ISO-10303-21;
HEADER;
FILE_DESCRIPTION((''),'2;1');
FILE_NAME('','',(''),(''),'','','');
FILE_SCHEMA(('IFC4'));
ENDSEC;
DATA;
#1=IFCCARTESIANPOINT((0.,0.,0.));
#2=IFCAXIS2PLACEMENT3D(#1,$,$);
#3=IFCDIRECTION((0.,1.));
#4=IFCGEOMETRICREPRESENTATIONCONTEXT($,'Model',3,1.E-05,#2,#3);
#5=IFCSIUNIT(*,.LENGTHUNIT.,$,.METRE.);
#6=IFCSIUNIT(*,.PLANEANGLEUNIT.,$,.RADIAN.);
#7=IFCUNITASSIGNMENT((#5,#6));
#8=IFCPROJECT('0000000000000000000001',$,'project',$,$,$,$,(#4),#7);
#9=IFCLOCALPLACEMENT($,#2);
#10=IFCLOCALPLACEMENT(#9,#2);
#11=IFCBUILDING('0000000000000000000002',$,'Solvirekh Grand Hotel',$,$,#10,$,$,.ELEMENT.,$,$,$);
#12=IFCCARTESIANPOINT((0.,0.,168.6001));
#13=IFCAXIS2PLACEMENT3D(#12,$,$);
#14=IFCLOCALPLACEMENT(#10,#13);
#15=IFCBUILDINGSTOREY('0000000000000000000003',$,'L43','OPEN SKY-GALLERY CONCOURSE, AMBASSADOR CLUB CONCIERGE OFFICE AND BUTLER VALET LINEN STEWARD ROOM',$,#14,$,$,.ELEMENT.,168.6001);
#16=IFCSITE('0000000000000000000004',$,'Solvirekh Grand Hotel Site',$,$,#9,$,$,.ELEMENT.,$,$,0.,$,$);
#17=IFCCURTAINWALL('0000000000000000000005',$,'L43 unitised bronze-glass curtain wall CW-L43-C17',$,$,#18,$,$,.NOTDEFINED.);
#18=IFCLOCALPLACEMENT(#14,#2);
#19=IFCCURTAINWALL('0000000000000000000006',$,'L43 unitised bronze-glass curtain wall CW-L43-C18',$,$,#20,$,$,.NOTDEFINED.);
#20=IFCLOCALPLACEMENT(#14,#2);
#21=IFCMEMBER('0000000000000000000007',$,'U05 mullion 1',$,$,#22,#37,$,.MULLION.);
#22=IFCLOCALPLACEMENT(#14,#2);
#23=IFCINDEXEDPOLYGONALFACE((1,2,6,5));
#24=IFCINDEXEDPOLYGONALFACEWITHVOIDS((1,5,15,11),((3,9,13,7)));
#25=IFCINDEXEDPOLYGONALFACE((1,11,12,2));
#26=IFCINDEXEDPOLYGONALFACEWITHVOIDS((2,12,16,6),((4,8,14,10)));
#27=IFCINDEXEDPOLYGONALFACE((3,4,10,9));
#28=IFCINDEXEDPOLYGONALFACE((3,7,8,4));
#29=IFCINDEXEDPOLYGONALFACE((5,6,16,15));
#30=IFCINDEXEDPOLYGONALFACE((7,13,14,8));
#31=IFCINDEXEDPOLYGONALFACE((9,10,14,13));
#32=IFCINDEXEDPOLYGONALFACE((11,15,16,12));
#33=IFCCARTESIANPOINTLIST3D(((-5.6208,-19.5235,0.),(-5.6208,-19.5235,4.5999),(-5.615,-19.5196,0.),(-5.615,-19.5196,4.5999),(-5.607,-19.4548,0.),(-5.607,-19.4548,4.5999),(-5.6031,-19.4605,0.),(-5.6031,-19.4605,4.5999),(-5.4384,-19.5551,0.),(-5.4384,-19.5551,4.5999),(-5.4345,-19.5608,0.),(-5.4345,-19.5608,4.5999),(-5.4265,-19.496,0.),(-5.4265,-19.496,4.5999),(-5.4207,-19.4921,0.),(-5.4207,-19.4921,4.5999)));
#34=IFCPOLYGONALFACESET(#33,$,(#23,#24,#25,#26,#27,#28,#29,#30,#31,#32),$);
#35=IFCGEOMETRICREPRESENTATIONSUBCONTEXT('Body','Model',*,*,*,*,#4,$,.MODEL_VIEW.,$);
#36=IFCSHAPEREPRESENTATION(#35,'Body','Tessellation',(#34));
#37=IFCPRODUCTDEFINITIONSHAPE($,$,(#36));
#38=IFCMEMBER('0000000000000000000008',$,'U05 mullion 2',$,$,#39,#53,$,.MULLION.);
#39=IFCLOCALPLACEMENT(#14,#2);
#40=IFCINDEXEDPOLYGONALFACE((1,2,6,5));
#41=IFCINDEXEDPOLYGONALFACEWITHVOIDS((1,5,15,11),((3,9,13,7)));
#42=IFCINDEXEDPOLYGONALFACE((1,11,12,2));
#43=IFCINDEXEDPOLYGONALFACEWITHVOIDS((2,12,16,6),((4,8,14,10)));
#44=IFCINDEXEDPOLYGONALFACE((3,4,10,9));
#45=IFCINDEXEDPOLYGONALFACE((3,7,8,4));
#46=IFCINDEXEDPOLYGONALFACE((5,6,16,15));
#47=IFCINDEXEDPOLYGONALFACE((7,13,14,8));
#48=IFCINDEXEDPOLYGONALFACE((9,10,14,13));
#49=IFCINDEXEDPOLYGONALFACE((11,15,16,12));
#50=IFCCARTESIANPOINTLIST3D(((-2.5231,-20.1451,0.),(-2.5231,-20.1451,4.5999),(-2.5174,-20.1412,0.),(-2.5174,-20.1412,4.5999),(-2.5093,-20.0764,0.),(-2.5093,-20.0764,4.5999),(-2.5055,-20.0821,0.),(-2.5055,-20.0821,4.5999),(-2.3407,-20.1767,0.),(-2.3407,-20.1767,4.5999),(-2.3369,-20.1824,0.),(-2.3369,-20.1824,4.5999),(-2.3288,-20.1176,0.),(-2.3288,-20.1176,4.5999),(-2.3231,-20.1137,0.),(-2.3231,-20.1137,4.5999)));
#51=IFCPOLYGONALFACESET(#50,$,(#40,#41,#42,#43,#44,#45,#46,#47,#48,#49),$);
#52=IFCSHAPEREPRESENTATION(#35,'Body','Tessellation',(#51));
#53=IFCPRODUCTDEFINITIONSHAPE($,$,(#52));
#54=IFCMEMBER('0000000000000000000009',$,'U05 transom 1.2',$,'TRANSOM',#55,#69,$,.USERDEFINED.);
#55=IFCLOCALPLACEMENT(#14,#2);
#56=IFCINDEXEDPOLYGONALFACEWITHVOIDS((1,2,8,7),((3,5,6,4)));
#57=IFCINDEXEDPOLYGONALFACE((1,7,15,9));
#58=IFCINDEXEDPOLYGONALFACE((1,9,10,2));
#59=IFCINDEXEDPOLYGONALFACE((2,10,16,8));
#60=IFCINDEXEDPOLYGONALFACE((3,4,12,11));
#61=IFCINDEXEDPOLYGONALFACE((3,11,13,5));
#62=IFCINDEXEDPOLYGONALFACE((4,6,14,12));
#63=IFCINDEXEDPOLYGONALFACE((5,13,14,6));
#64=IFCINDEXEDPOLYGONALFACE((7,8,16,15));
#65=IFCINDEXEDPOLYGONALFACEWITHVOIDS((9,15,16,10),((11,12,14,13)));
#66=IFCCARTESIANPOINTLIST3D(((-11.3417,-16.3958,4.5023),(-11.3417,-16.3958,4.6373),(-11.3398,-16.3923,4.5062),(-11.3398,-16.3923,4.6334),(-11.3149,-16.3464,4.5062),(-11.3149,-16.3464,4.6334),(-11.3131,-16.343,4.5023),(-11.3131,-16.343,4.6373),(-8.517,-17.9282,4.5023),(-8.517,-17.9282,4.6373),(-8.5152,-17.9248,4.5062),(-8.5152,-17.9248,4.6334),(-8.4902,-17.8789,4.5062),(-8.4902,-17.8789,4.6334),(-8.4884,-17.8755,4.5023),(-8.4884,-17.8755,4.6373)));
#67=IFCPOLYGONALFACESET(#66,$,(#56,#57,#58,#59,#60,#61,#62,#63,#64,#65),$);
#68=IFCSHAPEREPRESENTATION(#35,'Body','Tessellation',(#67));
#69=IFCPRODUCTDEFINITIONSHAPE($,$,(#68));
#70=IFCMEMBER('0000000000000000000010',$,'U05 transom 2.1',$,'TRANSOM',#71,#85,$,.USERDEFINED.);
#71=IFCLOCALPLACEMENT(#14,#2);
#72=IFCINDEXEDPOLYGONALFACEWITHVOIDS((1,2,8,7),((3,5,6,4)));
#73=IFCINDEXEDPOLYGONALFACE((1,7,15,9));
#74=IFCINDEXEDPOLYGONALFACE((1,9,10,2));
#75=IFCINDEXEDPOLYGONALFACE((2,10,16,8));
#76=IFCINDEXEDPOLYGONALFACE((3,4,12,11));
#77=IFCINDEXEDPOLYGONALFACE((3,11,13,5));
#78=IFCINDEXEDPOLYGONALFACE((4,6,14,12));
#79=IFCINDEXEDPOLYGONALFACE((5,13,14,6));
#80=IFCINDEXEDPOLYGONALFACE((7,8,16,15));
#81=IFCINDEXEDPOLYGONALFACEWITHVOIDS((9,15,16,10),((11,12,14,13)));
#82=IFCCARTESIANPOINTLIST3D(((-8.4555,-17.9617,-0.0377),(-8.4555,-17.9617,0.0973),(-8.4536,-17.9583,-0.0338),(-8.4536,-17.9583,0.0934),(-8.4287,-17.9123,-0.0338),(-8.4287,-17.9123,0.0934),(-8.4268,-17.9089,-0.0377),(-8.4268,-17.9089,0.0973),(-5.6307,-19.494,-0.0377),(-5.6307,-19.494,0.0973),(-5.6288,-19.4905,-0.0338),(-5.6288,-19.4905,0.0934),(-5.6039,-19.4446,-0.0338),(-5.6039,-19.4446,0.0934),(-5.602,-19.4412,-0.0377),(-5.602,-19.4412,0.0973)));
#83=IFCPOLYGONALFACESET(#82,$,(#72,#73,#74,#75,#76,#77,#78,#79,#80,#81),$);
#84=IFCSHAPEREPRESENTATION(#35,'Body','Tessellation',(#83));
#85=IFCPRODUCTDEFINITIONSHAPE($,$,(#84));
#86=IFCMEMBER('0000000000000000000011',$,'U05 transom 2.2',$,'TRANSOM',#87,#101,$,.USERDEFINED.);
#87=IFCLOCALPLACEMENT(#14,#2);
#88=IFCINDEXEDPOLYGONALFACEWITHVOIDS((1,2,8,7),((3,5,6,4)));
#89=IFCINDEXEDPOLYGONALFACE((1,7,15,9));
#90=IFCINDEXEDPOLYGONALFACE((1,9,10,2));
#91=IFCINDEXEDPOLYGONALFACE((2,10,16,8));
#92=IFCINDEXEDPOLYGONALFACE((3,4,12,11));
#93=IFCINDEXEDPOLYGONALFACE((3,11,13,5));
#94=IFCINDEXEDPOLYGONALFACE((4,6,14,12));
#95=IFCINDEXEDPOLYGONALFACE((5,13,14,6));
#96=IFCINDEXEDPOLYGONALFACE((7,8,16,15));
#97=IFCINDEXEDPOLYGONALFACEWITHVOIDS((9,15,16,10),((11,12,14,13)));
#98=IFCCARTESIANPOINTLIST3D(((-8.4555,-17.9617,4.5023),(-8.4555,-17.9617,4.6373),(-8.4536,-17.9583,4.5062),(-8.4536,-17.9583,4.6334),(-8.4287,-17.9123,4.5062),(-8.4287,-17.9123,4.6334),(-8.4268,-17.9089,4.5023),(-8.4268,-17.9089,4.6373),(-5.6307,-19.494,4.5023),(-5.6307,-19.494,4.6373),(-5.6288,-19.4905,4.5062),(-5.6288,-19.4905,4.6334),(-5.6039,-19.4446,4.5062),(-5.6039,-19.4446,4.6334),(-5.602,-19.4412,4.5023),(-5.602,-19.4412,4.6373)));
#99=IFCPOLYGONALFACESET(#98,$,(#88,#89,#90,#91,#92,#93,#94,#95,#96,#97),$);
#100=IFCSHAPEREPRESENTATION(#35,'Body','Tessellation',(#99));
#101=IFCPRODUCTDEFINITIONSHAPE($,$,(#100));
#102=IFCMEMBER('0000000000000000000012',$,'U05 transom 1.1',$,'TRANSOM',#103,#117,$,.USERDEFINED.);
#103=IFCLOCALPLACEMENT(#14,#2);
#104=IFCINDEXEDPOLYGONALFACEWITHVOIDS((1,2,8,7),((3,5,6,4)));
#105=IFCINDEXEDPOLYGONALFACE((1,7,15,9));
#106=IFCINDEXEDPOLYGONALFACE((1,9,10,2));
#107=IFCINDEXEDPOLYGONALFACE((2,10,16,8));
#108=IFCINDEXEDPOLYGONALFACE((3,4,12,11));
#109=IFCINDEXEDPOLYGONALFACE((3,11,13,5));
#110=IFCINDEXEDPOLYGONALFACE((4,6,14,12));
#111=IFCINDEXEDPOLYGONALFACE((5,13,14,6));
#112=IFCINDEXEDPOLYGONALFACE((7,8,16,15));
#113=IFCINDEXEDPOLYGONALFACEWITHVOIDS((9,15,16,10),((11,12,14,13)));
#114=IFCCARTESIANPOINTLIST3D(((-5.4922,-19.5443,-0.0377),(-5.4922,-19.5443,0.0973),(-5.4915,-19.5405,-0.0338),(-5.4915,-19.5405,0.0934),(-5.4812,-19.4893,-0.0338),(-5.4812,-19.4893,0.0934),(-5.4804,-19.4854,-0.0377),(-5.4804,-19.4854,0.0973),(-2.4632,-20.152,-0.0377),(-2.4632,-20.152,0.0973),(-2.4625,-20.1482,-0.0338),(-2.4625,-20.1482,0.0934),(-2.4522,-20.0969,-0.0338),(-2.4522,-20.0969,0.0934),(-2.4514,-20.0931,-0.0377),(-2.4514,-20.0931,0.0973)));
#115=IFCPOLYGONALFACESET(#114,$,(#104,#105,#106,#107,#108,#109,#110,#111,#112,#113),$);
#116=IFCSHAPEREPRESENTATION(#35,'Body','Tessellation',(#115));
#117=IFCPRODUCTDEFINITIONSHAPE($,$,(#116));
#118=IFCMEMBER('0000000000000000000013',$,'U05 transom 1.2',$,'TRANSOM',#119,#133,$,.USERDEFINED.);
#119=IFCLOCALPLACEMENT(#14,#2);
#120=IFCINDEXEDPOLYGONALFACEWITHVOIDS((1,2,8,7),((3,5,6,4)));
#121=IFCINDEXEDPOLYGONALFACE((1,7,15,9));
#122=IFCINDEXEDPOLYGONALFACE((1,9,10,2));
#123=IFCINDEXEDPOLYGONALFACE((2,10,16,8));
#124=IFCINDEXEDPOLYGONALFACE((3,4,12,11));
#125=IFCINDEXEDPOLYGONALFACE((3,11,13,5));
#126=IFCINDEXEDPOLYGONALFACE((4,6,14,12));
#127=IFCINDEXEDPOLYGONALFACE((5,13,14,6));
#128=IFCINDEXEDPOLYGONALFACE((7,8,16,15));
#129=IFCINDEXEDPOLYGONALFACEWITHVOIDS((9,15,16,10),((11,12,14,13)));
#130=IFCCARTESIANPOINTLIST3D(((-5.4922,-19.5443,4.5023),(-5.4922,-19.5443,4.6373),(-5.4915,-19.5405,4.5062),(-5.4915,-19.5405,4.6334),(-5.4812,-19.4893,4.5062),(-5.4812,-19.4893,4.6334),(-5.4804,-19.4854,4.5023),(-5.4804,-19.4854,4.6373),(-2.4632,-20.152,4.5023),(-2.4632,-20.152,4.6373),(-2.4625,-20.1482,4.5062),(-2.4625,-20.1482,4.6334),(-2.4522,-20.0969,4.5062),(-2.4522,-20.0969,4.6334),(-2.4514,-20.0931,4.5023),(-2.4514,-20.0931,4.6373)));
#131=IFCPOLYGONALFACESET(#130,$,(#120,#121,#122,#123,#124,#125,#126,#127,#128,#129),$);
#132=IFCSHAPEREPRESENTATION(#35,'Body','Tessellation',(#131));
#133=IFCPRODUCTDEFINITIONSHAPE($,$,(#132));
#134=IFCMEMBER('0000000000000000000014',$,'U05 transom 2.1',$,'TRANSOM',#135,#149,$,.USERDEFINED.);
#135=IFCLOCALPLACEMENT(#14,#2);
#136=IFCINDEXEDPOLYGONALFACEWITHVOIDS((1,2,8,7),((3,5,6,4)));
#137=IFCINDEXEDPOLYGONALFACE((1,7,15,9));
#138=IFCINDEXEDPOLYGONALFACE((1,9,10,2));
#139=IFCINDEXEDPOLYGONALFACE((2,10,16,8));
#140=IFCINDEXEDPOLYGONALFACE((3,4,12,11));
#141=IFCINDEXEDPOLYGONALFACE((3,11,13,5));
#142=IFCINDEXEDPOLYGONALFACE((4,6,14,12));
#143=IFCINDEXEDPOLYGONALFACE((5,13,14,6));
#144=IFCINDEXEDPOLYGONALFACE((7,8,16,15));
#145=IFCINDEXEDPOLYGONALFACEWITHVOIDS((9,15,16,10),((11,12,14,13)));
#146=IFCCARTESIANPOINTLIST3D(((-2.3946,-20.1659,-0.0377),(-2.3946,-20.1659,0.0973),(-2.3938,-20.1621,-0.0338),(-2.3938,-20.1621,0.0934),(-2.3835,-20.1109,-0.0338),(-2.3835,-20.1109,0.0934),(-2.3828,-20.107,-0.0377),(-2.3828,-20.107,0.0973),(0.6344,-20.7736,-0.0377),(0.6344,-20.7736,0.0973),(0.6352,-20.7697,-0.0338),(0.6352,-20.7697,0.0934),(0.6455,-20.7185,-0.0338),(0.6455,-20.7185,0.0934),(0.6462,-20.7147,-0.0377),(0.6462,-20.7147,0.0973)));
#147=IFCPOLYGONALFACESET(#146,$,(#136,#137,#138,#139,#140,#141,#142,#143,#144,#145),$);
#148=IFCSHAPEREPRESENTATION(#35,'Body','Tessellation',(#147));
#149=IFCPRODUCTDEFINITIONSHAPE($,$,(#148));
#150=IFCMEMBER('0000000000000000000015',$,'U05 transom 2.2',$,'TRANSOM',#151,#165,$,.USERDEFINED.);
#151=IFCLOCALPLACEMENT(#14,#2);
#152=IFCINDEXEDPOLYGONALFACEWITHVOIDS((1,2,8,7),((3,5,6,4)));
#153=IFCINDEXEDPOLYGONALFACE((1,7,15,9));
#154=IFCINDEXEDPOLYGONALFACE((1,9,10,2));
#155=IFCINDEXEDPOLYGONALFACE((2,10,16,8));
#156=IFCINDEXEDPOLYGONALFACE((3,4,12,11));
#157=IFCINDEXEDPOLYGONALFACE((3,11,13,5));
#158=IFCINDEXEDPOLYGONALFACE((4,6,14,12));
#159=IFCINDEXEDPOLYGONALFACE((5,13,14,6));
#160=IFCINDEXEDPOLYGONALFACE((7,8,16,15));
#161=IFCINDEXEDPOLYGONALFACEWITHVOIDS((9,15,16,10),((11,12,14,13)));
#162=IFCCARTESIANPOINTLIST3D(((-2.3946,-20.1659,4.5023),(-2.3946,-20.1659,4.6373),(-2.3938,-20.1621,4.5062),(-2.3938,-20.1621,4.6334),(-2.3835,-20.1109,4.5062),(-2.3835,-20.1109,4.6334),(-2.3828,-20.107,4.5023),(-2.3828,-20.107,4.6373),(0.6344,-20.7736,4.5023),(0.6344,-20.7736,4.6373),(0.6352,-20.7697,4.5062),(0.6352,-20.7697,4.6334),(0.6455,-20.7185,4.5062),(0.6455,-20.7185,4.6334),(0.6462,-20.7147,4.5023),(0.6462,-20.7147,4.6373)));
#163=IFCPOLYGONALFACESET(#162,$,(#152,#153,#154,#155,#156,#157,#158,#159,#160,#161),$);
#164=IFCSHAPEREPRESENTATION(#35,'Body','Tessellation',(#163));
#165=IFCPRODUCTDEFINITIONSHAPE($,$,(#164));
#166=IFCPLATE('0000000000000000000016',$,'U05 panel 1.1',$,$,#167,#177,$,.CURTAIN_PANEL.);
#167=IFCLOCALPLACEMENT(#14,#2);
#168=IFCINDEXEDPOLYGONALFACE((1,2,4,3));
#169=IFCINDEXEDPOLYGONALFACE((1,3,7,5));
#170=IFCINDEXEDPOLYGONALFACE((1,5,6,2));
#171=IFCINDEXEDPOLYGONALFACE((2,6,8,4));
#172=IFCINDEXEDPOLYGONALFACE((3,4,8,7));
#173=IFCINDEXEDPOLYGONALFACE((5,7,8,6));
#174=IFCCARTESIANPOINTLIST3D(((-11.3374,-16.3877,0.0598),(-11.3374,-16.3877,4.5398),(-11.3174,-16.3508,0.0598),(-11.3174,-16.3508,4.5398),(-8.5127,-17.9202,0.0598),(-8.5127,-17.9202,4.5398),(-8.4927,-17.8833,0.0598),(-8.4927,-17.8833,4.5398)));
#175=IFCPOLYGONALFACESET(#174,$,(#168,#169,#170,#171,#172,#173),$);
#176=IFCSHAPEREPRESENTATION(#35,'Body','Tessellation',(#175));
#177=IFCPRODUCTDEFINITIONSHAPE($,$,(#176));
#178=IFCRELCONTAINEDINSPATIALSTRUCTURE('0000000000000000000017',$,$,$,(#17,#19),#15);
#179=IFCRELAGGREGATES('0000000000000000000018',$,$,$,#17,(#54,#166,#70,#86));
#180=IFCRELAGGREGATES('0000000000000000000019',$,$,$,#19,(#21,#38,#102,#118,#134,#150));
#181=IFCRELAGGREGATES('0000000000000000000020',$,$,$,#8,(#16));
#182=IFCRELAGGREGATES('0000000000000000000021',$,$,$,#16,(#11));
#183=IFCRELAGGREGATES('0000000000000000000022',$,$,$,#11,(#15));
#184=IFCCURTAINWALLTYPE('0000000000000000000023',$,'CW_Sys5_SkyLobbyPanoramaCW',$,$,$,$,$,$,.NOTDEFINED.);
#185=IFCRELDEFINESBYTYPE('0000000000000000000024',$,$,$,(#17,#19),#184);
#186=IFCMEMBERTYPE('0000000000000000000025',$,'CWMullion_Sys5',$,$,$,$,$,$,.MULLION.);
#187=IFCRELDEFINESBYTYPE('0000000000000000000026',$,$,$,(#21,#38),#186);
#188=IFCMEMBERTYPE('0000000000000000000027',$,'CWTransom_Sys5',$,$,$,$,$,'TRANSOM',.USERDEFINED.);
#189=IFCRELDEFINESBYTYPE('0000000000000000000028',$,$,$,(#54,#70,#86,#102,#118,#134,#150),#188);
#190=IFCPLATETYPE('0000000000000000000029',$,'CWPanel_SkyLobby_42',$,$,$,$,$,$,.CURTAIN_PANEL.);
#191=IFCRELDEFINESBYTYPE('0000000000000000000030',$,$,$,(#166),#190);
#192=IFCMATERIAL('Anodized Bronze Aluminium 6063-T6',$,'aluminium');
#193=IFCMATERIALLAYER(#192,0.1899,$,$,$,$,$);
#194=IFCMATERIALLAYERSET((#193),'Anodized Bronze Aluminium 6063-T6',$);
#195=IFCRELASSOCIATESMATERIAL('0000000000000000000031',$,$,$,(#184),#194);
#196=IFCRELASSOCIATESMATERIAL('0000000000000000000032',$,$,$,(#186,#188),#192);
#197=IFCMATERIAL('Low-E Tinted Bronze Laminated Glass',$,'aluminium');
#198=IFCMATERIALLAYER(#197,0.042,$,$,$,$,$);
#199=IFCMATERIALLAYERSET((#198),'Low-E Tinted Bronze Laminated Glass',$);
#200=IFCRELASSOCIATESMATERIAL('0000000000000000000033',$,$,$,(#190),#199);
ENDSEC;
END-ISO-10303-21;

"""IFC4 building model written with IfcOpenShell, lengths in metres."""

from ifc_helpers import new_model, si_unit, direction, frame, origin, origin_2d, place, context, subcontext, project, spatial, rectangle, hollow_rectangle, extrude, source, transform, mapped, material, layer, layer_set, material_profile, profile_set, type_object, element, aggregate, save


model = new_model("IFC4")

# Units and contexts
model_context = context("Model", 3, precision=1e-05, world=origin(), true_north=direction((0.0, 1.0)))
body_context = subcontext(model_context, "Body", "Model", "MODEL_VIEW")
ifc_project = project(units=[si_unit("LENGTHUNIT", "METRE"), si_unit("PLANEANGLEUNIT", "RADIAN")], contexts=[model_context])

# Site, building, storey
site_placement = place(None, origin())
site = spatial("IfcSite", under=ifc_project, at=site_placement, Name="Solvirekh Grand Hotel Site", CompositionType="ELEMENT", RefElevation=0.0)
building_placement = place(site_placement, origin())
building = spatial("IfcBuilding", under=site, at=building_placement, Name="Solvirekh Grand Hotel", CompositionType="ELEMENT")
storey_placement = place(building_placement, frame((0.0, 0.0, 168.6001)))
storey = spatial("IfcBuildingStorey", under=building, at=storey_placement, Name="L43", Description="OPEN SKY-GALLERY CONCOURSE, AMBASSADOR CLUB CONCIERGE OFFICE AND BUTLER VALET LINEN STEWARD ROOM", CompositionType="ELEMENT", Elevation=168.6001)

# Curtain walls, members
ifc_material_1 = material(Name="Anodized Bronze Aluminium 6063-T6", Category="aluminium")
ifc_layer_1 = layer(ifc_material_1, 0.1899)
ifc_layer_set_1 = layer_set([ifc_layer_1], Name="Anodized Bronze Aluminium 6063-T6")
curtain_wall_type = type_object("IfcCurtainWallType", Name="CW_Sys5_SkyLobbyPanoramaCW", PredefinedType="NOTDEFINED", material=ifc_layer_set_1)
curtain_wall_1_placement = place(storey_placement, origin())
curtain_wall_1 = element("IfcCurtainWall", 1, at=curtain_wall_1_placement, inside=storey, type_object=curtain_wall_type, Name="L43 unitised bronze-glass curtain wall CW-L43-C17", PredefinedType="NOTDEFINED")
ifc_material_profile_1 = material_profile(ifc_material_1, hollow_rectangle(XDim=0.0701, YDim=0.1899, WallThickness=0.0049, at=origin_2d()), Name="ALU RHS 190X70X5")
ifc_profile_set_1 = profile_set([ifc_material_profile_1], Name="Anodized Bronze Aluminium 6063-T6")
member_type_1 = type_object("IfcMemberType", Name="CWMullion_Sys5", PredefinedType="MULLION", material=ifc_profile_set_1)
shared_shape_1 = source(origin(), body_context, "Body", "SweptSolid", [
    extrude(hollow_rectangle(XDim=0.0701, YDim=0.1899, WallThickness=0.0049, at=origin_2d()), origin(), (0.0, 0.0, 1.0), 4.5999),
])
curtain_wall_2_placement = place(storey_placement, origin())
curtain_wall_2 = element("IfcCurtainWall", 2, at=curtain_wall_2_placement, inside=storey, type_object=curtain_wall_type, Name="L43 unitised bronze-glass curtain wall CW-L43-C18", PredefinedType="NOTDEFINED")
member_1_placement = place(storey_placement, frame((-5.5208, -19.5078, 0.0), z_axis=(0.0, 0.0, 1.0), x_axis=(0.196748, 0.980454, 0.0)))
member_1 = element("IfcMember", 3, at=member_1_placement, type_object=member_type_1, Name="U05 mullion 1", PredefinedType="MULLION", context=body_context, shape_type="MappedRepresentation", body=[
    mapped(shared_shape_1, transform((0.0, 0.0, 0.0), x_axis=(1.0, 0.0, 0.0), y_axis=(0.0, 1.0, 0.0), z_axis=(0.0, 0.0, 1.0), scale=1.0)),
])
member_2_placement = place(storey_placement, frame((-2.4231, -20.1294, 0.0), z_axis=(0.0, 0.0, 1.0), x_axis=(0.196748, 0.980454, 0.0)))
member_2 = element("IfcMember", 4, at=member_2_placement, type_object=member_type_1, Name="U05 mullion 2", PredefinedType="MULLION", context=body_context, shape_type="MappedRepresentation", body=[
    mapped(shared_shape_1, transform((0.0, 0.0, 0.0), x_axis=(1.0, 0.0, 0.0), y_axis=(0.0, 1.0, 0.0), z_axis=(0.0, 0.0, 1.0), scale=1.0)),
])

# Members
ifc_material_profile_2 = material_profile(ifc_material_1, hollow_rectangle(XDim=0.0601, YDim=0.135, WallThickness=0.0039, at=origin_2d()), Name="ALU RHS 135X60X4")
ifc_profile_set_2 = profile_set([ifc_material_profile_2], Name="Anodized Bronze Aluminium 6063-T6")
member_type_2 = type_object("IfcMemberType", Name="CWTransom_Sys5", ElementType="TRANSOM", PredefinedType="USERDEFINED", material=ifc_profile_set_2)
shared_shape_2 = source(origin(), body_context, "Body", "SweptSolid", [
    extrude(hollow_rectangle(XDim=0.0601, YDim=0.135, WallThickness=0.0039, at=origin_2d()), origin(), (0.0, 0.0, 1.0), 3.2136),
])
member_3_placement = place(storey_placement, frame((-11.3274, -16.3694, 4.5698), z_axis=(0.878976, -0.476866, 0.0), x_axis=(0.476866, 0.878976, 0.0)))
member_3 = element("IfcMember", 5, at=member_3_placement, type_object=member_type_2, Name="U05 transom 1.2", ObjectType="TRANSOM", PredefinedType="USERDEFINED", context=body_context, shape_type="MappedRepresentation", body=[
    mapped(shared_shape_2, transform((0.0, 0.0, 0.0), x_axis=(1.0, 0.0, 0.0), y_axis=(0.0, 1.0, 0.0), z_axis=(0.0, 0.0, 1.0), scale=1.0)),
])
member_4_placement = place(storey_placement, frame((-8.4412, -17.9353, 0.0298), z_axis=(0.879008, -0.476807, 0.0), x_axis=(0.476807, 0.879008, 0.0)))
member_4 = element("IfcMember", 6, at=member_4_placement, type_object=member_type_2, Name="U05 transom 2.1", ObjectType="TRANSOM", PredefinedType="USERDEFINED", context=body_context, shape_type="MappedRepresentation", body=[
    mapped(shared_shape_2, transform((0.0, 0.0, 0.0), x_axis=(1.0, 0.0, 0.0), y_axis=(0.0, 1.0, 0.0), z_axis=(0.0, 0.0, 1.0), scale=1.0)),
])
member_5_placement = place(storey_placement, frame((-8.4412, -17.9353, 4.5698), z_axis=(0.879008, -0.476807, 0.0), x_axis=(0.476807, 0.879008, 0.0)))
member_5 = element("IfcMember", 7, at=member_5_placement, type_object=member_type_2, Name="U05 transom 2.2", ObjectType="TRANSOM", PredefinedType="USERDEFINED", context=body_context, shape_type="MappedRepresentation", body=[
    mapped(shared_shape_2, transform((0.0, 0.0, 0.0), x_axis=(1.0, 0.0, 0.0), y_axis=(0.0, 1.0, 0.0), z_axis=(0.0, 0.0, 1.0), scale=1.0)),
])
shared_shape_3 = source(origin(), body_context, "Body", "SweptSolid", [
    extrude(hollow_rectangle(XDim=0.0601, YDim=0.135, WallThickness=0.0039, at=origin_2d()), origin(), (0.0, 0.0, 1.0), 3.0894),
])
member_6_placement = place(storey_placement, frame((-5.4863, -19.5149, 0.0298), z_axis=(0.980465, -0.196694, 0.0), x_axis=(0.196694, 0.980465, 0.0)))
member_6 = element("IfcMember", 8, at=member_6_placement, type_object=member_type_2, Name="U05 transom 1.1", ObjectType="TRANSOM", PredefinedType="USERDEFINED", context=body_context, shape_type="MappedRepresentation", body=[
    mapped(shared_shape_3, transform((0.0, 0.0, 0.0), x_axis=(1.0, 0.0, 0.0), y_axis=(0.0, 1.0, 0.0), z_axis=(0.0, 0.0, 1.0), scale=1.0)),
])
member_7_placement = place(storey_placement, frame((-5.4863, -19.5149, 4.5698), z_axis=(0.980465, -0.196694, 0.0), x_axis=(0.196694, 0.980465, 0.0)))
member_7 = element("IfcMember", 9, at=member_7_placement, type_object=member_type_2, Name="U05 transom 1.2", ObjectType="TRANSOM", PredefinedType="USERDEFINED", context=body_context, shape_type="MappedRepresentation", body=[
    mapped(shared_shape_3, transform((0.0, 0.0, 0.0), x_axis=(1.0, 0.0, 0.0), y_axis=(0.0, 1.0, 0.0), z_axis=(0.0, 0.0, 1.0), scale=1.0)),
])
member_8_placement = place(storey_placement, frame((-2.3887, -20.1365, 0.0298), z_axis=(0.980465, -0.196694, 0.0), x_axis=(0.196694, 0.980465, 0.0)))
member_8 = element("IfcMember", 10, at=member_8_placement, type_object=member_type_2, Name="U05 transom 2.1", ObjectType="TRANSOM", PredefinedType="USERDEFINED", context=body_context, shape_type="MappedRepresentation", body=[
    mapped(shared_shape_3, transform((0.0, 0.0, 0.0), x_axis=(1.0, 0.0, 0.0), y_axis=(0.0, 1.0, 0.0), z_axis=(0.0, 0.0, 1.0), scale=1.0)),
])
member_9_placement = place(storey_placement, frame((-2.3887, -20.1365, 4.5698), z_axis=(0.980465, -0.196694, 0.0), x_axis=(0.196694, 0.980465, 0.0)))
member_9 = element("IfcMember", 11, at=member_9_placement, type_object=member_type_2, Name="U05 transom 2.2", ObjectType="TRANSOM", PredefinedType="USERDEFINED", context=body_context, shape_type="MappedRepresentation", body=[
    mapped(shared_shape_3, transform((0.0, 0.0, 0.0), x_axis=(1.0, 0.0, 0.0), y_axis=(0.0, 1.0, 0.0), z_axis=(0.0, 0.0, 1.0), scale=1.0)),
])

# Plate
ifc_material_2 = material(Name="Low-E Tinted Bronze Laminated Glass", Category="aluminium")
ifc_layer_2 = layer(ifc_material_2, 0.042)
ifc_layer_set_2 = layer_set([ifc_layer_2], Name="Low-E Tinted Bronze Laminated Glass")
plate_type = type_object("IfcPlateType", Name="CWPanel_SkyLobby_42", PredefinedType="CURTAIN_PANEL", material=ifc_layer_set_2)
shared_shape_4 = source(origin(), body_context, "Body", "SweptSolid", [
    extrude(rectangle(XDim=3.2136, YDim=0.042, at=origin_2d()), origin(), (0.0, 0.0, 1.0), 4.48),
])
plate_1_placement = place(storey_placement, frame((-9.915, -17.1355, 0.0598), z_axis=(0.0, 0.0, 1.0), x_axis=(0.878982, -0.476856, 0.0)))
plate_1 = element("IfcPlate", 12, at=plate_1_placement, type_object=plate_type, Name="U05 panel 1.1", PredefinedType="CURTAIN_PANEL", context=body_context, shape_type="MappedRepresentation", body=[
    mapped(shared_shape_4, transform((0.0, 0.0, 0.0), x_axis=(1.0, 0.0, 0.0), y_axis=(0.0, 1.0, 0.0), z_axis=(0.0, 0.0, 1.0), scale=1.0)),
])
aggregate(curtain_wall_1, [member_3, plate_1, member_4, member_5])
aggregate(curtain_wall_2, [member_1, member_2, member_6, member_7, member_8, member_9])

save(model, "model.ifc")
